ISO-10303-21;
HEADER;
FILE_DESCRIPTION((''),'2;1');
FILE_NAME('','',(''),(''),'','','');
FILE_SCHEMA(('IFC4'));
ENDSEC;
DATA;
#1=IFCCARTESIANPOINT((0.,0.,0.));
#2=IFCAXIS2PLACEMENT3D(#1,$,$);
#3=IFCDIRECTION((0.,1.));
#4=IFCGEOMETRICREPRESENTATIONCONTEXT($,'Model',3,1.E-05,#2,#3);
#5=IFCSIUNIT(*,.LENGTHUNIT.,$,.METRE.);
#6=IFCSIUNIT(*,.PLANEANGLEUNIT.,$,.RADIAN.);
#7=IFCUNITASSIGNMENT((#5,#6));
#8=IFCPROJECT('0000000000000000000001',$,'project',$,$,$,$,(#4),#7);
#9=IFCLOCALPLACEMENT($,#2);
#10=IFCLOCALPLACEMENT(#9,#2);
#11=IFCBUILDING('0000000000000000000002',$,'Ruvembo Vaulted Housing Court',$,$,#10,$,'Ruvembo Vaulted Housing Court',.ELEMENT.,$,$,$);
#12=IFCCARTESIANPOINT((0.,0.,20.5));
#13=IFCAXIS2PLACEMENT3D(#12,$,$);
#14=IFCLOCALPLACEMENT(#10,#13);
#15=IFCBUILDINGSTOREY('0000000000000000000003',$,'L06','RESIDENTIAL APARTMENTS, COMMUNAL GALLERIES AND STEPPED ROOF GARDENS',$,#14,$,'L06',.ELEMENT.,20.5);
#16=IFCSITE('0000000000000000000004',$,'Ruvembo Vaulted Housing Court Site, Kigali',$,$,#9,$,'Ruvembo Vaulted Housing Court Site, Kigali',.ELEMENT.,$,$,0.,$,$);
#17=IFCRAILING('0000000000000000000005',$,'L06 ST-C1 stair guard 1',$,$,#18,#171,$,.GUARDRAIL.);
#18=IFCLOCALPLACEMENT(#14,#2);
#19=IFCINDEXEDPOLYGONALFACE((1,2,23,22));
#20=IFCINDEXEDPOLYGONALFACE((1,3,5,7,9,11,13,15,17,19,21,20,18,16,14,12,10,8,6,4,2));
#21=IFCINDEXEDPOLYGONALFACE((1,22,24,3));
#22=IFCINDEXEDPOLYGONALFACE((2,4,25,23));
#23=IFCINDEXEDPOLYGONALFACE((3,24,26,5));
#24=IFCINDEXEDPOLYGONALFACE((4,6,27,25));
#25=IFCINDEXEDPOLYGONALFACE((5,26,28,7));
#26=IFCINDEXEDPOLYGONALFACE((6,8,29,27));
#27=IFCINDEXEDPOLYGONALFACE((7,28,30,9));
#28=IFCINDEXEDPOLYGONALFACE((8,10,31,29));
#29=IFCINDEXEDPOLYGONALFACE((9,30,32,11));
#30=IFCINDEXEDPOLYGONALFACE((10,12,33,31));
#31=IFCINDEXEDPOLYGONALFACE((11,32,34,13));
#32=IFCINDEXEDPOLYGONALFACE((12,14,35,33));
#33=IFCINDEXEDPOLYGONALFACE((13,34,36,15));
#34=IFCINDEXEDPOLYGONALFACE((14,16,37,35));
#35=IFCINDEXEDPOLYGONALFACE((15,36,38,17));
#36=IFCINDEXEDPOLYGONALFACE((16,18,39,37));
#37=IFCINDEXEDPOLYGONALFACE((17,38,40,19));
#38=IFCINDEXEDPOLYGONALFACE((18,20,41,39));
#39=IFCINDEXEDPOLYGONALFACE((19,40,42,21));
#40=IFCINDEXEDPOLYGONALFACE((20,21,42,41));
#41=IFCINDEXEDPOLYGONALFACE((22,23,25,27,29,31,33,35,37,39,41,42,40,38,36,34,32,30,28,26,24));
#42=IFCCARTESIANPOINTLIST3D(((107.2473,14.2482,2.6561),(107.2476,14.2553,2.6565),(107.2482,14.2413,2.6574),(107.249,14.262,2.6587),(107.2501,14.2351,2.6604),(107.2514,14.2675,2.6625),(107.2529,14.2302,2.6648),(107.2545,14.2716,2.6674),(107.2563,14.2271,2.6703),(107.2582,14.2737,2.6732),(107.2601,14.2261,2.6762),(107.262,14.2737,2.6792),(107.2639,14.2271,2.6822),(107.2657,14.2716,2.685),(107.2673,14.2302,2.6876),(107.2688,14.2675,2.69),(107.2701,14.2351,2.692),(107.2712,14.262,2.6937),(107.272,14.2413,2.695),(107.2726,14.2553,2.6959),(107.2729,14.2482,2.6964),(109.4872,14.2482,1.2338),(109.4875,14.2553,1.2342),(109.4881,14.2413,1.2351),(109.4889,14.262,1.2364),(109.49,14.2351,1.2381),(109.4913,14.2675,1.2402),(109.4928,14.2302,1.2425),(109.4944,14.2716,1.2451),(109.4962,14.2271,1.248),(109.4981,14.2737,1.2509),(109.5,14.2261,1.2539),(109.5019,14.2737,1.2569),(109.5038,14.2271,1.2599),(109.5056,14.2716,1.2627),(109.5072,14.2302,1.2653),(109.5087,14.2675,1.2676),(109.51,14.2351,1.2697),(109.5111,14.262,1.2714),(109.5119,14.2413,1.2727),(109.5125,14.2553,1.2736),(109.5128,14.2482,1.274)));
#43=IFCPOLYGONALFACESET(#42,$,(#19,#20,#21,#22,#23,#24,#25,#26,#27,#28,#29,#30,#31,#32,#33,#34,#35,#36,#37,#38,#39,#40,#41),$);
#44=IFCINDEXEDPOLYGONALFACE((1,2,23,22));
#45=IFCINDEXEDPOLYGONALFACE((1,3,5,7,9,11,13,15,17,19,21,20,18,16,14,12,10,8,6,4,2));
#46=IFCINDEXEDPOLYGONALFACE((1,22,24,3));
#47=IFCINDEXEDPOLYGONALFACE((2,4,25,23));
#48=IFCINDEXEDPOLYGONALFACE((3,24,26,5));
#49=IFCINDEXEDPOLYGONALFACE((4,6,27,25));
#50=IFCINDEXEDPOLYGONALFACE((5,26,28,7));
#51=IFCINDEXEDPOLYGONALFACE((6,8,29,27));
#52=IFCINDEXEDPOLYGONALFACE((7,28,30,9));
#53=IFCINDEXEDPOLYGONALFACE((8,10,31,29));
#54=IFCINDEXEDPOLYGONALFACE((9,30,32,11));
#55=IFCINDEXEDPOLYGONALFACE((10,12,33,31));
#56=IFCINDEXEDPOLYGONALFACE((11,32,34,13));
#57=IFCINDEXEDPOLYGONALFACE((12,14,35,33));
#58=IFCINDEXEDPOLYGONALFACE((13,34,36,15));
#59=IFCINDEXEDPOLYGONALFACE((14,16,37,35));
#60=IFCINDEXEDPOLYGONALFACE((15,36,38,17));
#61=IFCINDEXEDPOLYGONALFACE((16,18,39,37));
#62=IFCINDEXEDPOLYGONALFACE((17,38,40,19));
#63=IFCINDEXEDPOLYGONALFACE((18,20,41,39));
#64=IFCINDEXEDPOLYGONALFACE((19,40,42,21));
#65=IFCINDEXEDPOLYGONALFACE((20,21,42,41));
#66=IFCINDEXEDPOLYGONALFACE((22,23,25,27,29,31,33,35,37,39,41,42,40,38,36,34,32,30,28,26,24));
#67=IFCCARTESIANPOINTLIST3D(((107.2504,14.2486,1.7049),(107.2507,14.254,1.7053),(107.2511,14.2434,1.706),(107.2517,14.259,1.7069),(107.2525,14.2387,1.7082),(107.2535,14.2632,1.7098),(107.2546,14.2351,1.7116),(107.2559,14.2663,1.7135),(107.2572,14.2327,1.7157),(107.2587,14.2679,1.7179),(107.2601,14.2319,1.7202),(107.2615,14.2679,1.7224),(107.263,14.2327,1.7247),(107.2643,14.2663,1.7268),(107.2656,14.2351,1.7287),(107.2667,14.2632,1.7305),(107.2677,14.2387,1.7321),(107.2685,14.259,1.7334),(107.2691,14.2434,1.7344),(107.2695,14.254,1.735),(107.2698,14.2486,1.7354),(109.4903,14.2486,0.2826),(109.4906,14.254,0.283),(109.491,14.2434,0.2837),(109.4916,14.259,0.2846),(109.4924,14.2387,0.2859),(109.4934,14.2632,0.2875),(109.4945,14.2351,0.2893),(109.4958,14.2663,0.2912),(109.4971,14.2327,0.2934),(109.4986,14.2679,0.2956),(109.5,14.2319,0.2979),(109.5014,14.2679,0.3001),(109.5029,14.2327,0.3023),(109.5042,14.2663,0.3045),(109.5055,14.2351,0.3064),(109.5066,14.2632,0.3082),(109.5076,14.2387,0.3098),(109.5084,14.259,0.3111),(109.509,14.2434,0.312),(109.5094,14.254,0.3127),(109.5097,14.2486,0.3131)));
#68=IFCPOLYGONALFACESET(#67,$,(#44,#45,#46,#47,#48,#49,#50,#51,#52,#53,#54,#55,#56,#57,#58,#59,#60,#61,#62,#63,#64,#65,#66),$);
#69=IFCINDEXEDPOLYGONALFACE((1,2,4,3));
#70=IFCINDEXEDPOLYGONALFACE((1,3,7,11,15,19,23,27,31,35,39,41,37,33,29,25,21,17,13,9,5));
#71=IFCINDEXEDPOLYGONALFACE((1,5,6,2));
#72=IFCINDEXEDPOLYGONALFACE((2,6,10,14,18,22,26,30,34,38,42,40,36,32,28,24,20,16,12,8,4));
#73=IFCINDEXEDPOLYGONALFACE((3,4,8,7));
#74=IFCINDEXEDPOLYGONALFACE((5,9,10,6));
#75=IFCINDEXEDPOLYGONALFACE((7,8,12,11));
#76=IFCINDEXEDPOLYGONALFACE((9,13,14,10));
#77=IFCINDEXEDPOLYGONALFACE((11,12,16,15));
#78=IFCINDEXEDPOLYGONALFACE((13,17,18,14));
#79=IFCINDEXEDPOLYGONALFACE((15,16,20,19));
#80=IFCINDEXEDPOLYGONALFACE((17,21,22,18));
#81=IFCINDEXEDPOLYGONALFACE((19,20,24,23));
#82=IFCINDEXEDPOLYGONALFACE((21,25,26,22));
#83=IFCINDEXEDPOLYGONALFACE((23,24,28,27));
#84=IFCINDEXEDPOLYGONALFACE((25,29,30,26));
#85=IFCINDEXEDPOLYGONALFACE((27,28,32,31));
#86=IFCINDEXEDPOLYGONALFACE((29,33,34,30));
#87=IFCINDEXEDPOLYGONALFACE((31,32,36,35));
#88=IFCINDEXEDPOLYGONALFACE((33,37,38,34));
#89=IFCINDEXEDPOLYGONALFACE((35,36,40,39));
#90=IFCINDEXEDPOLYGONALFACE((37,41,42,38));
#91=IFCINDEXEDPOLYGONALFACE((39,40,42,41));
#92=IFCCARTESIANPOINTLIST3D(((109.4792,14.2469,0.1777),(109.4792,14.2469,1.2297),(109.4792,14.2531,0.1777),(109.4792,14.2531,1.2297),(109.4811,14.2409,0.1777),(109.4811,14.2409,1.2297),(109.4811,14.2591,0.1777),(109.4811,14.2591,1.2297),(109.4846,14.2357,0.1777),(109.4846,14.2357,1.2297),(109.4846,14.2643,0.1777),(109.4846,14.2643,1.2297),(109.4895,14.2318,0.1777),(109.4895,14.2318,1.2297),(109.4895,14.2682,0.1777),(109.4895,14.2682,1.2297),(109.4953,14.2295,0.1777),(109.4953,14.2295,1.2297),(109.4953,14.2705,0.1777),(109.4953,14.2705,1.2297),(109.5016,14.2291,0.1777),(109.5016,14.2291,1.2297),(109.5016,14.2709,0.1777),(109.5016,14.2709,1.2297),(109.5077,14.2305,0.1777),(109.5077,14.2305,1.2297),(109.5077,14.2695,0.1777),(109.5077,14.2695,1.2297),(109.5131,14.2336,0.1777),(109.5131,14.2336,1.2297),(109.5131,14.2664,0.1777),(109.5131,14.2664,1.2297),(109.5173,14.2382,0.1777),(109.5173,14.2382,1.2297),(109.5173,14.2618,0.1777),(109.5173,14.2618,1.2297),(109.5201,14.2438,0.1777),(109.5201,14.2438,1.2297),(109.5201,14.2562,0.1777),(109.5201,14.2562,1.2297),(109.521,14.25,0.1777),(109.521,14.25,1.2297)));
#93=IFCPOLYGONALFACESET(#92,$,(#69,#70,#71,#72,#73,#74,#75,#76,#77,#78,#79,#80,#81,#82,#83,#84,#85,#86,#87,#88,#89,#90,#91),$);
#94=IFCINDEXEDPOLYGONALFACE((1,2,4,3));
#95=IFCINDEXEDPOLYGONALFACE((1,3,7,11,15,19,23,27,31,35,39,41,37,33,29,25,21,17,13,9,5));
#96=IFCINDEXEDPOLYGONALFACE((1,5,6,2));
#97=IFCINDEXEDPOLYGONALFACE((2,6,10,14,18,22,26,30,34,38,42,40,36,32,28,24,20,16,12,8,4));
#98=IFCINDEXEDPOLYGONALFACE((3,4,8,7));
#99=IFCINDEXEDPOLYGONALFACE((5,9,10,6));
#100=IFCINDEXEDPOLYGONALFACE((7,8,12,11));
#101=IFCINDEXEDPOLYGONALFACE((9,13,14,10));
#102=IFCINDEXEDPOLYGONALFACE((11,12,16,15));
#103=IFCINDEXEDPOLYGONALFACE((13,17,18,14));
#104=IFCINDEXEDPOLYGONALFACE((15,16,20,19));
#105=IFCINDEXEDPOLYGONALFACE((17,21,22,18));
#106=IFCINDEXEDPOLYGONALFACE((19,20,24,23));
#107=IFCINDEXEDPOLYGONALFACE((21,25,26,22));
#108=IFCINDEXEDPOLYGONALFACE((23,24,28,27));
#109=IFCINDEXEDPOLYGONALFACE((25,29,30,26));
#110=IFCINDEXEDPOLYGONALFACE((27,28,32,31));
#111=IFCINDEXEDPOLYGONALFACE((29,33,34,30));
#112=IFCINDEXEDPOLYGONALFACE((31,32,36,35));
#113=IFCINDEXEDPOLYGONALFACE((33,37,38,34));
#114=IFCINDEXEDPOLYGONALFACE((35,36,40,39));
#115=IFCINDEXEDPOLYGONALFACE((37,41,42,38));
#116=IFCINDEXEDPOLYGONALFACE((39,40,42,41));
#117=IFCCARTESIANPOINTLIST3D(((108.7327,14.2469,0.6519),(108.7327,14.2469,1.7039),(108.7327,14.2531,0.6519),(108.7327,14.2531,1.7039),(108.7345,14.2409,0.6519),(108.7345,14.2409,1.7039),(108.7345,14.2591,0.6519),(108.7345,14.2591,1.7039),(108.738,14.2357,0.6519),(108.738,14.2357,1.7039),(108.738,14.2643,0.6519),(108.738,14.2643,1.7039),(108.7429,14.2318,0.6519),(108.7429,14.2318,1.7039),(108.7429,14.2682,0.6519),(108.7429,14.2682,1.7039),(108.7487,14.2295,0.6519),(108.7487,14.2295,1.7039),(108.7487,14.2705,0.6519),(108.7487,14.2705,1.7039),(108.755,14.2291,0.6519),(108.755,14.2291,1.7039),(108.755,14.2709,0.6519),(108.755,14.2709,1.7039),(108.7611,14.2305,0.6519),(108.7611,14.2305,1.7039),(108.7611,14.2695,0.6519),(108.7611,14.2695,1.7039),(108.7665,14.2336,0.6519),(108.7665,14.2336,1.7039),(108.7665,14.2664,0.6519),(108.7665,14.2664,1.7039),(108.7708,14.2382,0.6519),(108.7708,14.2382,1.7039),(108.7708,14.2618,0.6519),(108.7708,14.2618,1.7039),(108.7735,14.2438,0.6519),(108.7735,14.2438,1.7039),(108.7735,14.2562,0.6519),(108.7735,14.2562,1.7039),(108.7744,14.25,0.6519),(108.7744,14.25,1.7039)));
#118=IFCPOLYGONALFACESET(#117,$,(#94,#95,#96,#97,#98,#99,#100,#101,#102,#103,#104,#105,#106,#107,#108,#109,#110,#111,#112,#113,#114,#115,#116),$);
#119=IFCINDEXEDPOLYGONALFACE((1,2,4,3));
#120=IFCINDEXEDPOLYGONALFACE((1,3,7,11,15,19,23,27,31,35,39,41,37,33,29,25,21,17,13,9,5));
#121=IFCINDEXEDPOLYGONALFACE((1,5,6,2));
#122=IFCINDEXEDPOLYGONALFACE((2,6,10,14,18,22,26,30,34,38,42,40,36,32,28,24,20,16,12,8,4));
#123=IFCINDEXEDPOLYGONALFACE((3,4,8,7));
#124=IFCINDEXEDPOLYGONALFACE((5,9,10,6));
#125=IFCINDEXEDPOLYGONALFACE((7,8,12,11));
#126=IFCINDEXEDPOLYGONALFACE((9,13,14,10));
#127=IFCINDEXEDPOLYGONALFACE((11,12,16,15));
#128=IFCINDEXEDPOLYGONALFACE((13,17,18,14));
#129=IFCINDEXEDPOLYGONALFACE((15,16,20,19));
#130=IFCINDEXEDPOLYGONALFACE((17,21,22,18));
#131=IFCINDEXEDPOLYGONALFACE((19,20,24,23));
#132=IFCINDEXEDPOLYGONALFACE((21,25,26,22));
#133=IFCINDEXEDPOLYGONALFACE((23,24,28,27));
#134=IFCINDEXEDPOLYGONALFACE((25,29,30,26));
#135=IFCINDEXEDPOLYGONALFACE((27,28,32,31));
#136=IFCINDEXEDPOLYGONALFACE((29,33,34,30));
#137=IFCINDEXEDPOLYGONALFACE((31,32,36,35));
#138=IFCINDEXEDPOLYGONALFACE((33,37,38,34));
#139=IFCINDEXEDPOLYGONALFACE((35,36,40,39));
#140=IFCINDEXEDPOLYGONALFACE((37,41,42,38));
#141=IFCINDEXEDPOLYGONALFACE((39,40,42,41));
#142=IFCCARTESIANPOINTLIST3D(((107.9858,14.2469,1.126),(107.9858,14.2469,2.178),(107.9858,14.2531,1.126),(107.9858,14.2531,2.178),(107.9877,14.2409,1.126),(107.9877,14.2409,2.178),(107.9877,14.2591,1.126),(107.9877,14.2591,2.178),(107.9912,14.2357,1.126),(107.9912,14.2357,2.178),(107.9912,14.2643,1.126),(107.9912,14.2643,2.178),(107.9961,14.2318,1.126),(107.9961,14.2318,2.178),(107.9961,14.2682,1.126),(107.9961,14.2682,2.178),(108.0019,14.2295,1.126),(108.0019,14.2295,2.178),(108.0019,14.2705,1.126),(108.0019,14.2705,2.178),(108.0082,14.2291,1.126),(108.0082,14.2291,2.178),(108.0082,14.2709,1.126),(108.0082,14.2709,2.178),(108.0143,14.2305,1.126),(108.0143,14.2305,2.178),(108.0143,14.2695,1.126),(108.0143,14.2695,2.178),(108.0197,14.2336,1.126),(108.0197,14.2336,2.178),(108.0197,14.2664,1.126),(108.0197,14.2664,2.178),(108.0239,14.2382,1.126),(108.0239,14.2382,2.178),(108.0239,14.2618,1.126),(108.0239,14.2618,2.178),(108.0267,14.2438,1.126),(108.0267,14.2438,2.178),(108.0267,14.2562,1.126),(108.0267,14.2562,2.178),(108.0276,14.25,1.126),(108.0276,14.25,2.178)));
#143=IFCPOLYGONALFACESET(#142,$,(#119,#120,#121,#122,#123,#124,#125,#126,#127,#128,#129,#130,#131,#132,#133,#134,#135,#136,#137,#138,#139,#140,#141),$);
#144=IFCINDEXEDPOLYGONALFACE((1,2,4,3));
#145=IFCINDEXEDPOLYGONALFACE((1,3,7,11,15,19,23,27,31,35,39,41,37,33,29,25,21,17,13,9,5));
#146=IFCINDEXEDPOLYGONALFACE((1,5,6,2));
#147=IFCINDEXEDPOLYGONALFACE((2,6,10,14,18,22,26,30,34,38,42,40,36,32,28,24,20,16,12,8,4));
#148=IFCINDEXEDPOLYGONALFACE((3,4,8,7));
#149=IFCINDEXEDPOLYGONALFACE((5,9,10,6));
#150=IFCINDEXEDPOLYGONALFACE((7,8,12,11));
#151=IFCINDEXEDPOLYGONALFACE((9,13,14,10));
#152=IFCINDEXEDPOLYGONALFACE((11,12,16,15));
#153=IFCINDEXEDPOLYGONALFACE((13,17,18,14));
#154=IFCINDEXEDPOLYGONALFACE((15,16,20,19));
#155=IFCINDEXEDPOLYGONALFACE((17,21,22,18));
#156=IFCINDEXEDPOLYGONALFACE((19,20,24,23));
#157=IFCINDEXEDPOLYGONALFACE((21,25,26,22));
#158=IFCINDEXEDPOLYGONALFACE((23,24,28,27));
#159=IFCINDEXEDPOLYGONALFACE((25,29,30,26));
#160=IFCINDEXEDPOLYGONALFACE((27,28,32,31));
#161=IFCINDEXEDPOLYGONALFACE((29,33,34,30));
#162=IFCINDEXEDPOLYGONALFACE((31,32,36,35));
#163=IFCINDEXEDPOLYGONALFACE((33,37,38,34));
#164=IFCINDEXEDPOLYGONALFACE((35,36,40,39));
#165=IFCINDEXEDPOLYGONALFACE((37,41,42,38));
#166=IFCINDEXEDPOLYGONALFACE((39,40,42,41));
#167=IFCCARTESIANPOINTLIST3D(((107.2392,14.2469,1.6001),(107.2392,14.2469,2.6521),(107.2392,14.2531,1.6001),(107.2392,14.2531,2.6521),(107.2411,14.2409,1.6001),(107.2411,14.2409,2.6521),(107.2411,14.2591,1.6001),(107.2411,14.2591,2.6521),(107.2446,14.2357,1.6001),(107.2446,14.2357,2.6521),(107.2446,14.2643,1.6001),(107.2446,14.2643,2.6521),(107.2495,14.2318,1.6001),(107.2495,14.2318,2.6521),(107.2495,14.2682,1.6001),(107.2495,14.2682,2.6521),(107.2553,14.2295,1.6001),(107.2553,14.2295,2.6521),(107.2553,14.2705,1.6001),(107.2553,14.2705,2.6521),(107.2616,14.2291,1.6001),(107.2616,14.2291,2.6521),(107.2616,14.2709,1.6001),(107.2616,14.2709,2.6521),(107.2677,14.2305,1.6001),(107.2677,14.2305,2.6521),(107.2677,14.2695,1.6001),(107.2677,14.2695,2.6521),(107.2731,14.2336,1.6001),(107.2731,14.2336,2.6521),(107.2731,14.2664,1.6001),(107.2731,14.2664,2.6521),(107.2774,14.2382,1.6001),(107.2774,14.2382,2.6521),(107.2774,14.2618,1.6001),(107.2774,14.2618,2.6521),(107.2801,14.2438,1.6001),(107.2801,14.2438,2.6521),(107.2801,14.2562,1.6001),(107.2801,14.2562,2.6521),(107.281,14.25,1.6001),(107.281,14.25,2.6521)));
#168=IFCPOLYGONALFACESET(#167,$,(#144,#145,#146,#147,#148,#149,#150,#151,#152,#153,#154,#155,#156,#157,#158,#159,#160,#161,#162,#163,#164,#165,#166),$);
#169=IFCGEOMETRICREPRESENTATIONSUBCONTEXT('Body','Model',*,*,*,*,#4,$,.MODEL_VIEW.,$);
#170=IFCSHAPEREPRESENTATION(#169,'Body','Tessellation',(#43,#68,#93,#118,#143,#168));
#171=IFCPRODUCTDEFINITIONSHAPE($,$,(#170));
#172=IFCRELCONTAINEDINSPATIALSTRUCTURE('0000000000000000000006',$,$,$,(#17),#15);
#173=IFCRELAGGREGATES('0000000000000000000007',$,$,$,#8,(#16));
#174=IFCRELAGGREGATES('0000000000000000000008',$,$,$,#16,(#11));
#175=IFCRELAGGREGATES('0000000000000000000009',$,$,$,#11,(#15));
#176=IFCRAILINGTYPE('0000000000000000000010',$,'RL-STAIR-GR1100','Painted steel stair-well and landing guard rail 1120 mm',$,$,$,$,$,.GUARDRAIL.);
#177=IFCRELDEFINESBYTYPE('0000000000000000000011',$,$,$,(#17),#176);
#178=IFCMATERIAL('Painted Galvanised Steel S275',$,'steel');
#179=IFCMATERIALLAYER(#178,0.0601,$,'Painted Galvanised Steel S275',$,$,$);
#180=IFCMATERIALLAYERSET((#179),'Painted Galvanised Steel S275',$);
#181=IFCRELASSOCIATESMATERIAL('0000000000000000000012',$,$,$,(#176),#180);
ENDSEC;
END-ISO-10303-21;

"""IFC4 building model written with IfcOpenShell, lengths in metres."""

from ifc_helpers import new_model, si_unit, direction, frame, origin, origin_2d, place, context, subcontext, project, spatial, circle, extrude, material, layer, layer_set, type_object, element, save


model = new_model("IFC4")

# Units and contexts
model_context = context("Model", 3, precision=1e-05, world=origin(), true_north=direction((0.0, 1.0)))
body_context = subcontext(model_context, "Body", "Model", "MODEL_VIEW")
ifc_project = project(units=[si_unit("LENGTHUNIT", "METRE"), si_unit("PLANEANGLEUNIT", "RADIAN")], contexts=[model_context])

# Site, building, storey
site_placement = place(None, origin())
site = spatial("IfcSite", under=ifc_project, at=site_placement, Name="Ruvembo Vaulted Housing Court Site, Kigali", LongName="Ruvembo Vaulted Housing Court Site, Kigali", CompositionType="ELEMENT", RefElevation=0.0)
building_placement = place(site_placement, origin())
building = spatial("IfcBuilding", under=site, at=building_placement, Name="Ruvembo Vaulted Housing Court", LongName="Ruvembo Vaulted Housing Court", CompositionType="ELEMENT")
storey_placement = place(building_placement, frame((0.0, 0.0, 20.5)))
storey = spatial("IfcBuildingStorey", under=building, at=storey_placement, Name="L06", Description="RESIDENTIAL APARTMENTS, COMMUNAL GALLERIES AND STEPPED ROOF GARDENS", LongName="L06", CompositionType="ELEMENT", Elevation=20.5)

# Railing
ifc_material_1 = material(Name="Painted Galvanised Steel S275", Category="steel")
ifc_layer_1 = layer(ifc_material_1, 0.0601, Name="Painted Galvanised Steel S275")
ifc_layer_set_1 = layer_set([ifc_layer_1], Name="Painted Galvanised Steel S275")
railing_type_1 = type_object("IfcRailingType", Name="RL-STAIR-GR1100", Description="Painted steel stair-well and landing guard rail 1120 mm", PredefinedType="GUARDRAIL", material=ifc_layer_set_1)
railing_1_placement = place(storey_placement, frame((109.5, 14.25, 0.1777)))
element("IfcRailing", 1, at=railing_1_placement, inside=storey, type_object=railing_type_1, Name="L06 ST-C1 stair guard 1", PredefinedType="GUARDRAIL", context=body_context, shape_type="SweptSolid", body=[
    extrude(circle(Radius=0.0239, at=origin_2d()), frame((0.0, 0.0, 1.0762), z_axis=(-0.844188, 0.0, 0.536048), x_axis=(0.0, -1.0, 0.0)), (0.0, 0.0, 1.0), 2.6533),
    extrude(circle(Radius=0.0181, at=origin_2d()), frame((0.0, 0.0, 0.1201), z_axis=(-0.844188, 0.0, 0.536048), x_axis=(0.0, -1.0, 0.0)), (0.0, 0.0, 1.0), 2.6533),
    extrude(circle(Radius=0.021, at=origin_2d()), origin(), (0.0, 0.0, 1.0), 1.052),
    extrude(circle(Radius=0.021, at=origin_2d()), frame((-0.7466, 0.0, 0.4741)), (0.0, 0.0, 1.0), 1.052),
    extrude(circle(Radius=0.021, at=origin_2d()), frame((-1.4934, 0.0, 0.9482)), (0.0, 0.0, 1.0), 1.052),
    extrude(circle(Radius=0.021, at=origin_2d()), frame((-2.24, 0.0, 1.4224)), (0.0, 0.0, 1.0), 1.052),
])

save(model, "model.ifc")
